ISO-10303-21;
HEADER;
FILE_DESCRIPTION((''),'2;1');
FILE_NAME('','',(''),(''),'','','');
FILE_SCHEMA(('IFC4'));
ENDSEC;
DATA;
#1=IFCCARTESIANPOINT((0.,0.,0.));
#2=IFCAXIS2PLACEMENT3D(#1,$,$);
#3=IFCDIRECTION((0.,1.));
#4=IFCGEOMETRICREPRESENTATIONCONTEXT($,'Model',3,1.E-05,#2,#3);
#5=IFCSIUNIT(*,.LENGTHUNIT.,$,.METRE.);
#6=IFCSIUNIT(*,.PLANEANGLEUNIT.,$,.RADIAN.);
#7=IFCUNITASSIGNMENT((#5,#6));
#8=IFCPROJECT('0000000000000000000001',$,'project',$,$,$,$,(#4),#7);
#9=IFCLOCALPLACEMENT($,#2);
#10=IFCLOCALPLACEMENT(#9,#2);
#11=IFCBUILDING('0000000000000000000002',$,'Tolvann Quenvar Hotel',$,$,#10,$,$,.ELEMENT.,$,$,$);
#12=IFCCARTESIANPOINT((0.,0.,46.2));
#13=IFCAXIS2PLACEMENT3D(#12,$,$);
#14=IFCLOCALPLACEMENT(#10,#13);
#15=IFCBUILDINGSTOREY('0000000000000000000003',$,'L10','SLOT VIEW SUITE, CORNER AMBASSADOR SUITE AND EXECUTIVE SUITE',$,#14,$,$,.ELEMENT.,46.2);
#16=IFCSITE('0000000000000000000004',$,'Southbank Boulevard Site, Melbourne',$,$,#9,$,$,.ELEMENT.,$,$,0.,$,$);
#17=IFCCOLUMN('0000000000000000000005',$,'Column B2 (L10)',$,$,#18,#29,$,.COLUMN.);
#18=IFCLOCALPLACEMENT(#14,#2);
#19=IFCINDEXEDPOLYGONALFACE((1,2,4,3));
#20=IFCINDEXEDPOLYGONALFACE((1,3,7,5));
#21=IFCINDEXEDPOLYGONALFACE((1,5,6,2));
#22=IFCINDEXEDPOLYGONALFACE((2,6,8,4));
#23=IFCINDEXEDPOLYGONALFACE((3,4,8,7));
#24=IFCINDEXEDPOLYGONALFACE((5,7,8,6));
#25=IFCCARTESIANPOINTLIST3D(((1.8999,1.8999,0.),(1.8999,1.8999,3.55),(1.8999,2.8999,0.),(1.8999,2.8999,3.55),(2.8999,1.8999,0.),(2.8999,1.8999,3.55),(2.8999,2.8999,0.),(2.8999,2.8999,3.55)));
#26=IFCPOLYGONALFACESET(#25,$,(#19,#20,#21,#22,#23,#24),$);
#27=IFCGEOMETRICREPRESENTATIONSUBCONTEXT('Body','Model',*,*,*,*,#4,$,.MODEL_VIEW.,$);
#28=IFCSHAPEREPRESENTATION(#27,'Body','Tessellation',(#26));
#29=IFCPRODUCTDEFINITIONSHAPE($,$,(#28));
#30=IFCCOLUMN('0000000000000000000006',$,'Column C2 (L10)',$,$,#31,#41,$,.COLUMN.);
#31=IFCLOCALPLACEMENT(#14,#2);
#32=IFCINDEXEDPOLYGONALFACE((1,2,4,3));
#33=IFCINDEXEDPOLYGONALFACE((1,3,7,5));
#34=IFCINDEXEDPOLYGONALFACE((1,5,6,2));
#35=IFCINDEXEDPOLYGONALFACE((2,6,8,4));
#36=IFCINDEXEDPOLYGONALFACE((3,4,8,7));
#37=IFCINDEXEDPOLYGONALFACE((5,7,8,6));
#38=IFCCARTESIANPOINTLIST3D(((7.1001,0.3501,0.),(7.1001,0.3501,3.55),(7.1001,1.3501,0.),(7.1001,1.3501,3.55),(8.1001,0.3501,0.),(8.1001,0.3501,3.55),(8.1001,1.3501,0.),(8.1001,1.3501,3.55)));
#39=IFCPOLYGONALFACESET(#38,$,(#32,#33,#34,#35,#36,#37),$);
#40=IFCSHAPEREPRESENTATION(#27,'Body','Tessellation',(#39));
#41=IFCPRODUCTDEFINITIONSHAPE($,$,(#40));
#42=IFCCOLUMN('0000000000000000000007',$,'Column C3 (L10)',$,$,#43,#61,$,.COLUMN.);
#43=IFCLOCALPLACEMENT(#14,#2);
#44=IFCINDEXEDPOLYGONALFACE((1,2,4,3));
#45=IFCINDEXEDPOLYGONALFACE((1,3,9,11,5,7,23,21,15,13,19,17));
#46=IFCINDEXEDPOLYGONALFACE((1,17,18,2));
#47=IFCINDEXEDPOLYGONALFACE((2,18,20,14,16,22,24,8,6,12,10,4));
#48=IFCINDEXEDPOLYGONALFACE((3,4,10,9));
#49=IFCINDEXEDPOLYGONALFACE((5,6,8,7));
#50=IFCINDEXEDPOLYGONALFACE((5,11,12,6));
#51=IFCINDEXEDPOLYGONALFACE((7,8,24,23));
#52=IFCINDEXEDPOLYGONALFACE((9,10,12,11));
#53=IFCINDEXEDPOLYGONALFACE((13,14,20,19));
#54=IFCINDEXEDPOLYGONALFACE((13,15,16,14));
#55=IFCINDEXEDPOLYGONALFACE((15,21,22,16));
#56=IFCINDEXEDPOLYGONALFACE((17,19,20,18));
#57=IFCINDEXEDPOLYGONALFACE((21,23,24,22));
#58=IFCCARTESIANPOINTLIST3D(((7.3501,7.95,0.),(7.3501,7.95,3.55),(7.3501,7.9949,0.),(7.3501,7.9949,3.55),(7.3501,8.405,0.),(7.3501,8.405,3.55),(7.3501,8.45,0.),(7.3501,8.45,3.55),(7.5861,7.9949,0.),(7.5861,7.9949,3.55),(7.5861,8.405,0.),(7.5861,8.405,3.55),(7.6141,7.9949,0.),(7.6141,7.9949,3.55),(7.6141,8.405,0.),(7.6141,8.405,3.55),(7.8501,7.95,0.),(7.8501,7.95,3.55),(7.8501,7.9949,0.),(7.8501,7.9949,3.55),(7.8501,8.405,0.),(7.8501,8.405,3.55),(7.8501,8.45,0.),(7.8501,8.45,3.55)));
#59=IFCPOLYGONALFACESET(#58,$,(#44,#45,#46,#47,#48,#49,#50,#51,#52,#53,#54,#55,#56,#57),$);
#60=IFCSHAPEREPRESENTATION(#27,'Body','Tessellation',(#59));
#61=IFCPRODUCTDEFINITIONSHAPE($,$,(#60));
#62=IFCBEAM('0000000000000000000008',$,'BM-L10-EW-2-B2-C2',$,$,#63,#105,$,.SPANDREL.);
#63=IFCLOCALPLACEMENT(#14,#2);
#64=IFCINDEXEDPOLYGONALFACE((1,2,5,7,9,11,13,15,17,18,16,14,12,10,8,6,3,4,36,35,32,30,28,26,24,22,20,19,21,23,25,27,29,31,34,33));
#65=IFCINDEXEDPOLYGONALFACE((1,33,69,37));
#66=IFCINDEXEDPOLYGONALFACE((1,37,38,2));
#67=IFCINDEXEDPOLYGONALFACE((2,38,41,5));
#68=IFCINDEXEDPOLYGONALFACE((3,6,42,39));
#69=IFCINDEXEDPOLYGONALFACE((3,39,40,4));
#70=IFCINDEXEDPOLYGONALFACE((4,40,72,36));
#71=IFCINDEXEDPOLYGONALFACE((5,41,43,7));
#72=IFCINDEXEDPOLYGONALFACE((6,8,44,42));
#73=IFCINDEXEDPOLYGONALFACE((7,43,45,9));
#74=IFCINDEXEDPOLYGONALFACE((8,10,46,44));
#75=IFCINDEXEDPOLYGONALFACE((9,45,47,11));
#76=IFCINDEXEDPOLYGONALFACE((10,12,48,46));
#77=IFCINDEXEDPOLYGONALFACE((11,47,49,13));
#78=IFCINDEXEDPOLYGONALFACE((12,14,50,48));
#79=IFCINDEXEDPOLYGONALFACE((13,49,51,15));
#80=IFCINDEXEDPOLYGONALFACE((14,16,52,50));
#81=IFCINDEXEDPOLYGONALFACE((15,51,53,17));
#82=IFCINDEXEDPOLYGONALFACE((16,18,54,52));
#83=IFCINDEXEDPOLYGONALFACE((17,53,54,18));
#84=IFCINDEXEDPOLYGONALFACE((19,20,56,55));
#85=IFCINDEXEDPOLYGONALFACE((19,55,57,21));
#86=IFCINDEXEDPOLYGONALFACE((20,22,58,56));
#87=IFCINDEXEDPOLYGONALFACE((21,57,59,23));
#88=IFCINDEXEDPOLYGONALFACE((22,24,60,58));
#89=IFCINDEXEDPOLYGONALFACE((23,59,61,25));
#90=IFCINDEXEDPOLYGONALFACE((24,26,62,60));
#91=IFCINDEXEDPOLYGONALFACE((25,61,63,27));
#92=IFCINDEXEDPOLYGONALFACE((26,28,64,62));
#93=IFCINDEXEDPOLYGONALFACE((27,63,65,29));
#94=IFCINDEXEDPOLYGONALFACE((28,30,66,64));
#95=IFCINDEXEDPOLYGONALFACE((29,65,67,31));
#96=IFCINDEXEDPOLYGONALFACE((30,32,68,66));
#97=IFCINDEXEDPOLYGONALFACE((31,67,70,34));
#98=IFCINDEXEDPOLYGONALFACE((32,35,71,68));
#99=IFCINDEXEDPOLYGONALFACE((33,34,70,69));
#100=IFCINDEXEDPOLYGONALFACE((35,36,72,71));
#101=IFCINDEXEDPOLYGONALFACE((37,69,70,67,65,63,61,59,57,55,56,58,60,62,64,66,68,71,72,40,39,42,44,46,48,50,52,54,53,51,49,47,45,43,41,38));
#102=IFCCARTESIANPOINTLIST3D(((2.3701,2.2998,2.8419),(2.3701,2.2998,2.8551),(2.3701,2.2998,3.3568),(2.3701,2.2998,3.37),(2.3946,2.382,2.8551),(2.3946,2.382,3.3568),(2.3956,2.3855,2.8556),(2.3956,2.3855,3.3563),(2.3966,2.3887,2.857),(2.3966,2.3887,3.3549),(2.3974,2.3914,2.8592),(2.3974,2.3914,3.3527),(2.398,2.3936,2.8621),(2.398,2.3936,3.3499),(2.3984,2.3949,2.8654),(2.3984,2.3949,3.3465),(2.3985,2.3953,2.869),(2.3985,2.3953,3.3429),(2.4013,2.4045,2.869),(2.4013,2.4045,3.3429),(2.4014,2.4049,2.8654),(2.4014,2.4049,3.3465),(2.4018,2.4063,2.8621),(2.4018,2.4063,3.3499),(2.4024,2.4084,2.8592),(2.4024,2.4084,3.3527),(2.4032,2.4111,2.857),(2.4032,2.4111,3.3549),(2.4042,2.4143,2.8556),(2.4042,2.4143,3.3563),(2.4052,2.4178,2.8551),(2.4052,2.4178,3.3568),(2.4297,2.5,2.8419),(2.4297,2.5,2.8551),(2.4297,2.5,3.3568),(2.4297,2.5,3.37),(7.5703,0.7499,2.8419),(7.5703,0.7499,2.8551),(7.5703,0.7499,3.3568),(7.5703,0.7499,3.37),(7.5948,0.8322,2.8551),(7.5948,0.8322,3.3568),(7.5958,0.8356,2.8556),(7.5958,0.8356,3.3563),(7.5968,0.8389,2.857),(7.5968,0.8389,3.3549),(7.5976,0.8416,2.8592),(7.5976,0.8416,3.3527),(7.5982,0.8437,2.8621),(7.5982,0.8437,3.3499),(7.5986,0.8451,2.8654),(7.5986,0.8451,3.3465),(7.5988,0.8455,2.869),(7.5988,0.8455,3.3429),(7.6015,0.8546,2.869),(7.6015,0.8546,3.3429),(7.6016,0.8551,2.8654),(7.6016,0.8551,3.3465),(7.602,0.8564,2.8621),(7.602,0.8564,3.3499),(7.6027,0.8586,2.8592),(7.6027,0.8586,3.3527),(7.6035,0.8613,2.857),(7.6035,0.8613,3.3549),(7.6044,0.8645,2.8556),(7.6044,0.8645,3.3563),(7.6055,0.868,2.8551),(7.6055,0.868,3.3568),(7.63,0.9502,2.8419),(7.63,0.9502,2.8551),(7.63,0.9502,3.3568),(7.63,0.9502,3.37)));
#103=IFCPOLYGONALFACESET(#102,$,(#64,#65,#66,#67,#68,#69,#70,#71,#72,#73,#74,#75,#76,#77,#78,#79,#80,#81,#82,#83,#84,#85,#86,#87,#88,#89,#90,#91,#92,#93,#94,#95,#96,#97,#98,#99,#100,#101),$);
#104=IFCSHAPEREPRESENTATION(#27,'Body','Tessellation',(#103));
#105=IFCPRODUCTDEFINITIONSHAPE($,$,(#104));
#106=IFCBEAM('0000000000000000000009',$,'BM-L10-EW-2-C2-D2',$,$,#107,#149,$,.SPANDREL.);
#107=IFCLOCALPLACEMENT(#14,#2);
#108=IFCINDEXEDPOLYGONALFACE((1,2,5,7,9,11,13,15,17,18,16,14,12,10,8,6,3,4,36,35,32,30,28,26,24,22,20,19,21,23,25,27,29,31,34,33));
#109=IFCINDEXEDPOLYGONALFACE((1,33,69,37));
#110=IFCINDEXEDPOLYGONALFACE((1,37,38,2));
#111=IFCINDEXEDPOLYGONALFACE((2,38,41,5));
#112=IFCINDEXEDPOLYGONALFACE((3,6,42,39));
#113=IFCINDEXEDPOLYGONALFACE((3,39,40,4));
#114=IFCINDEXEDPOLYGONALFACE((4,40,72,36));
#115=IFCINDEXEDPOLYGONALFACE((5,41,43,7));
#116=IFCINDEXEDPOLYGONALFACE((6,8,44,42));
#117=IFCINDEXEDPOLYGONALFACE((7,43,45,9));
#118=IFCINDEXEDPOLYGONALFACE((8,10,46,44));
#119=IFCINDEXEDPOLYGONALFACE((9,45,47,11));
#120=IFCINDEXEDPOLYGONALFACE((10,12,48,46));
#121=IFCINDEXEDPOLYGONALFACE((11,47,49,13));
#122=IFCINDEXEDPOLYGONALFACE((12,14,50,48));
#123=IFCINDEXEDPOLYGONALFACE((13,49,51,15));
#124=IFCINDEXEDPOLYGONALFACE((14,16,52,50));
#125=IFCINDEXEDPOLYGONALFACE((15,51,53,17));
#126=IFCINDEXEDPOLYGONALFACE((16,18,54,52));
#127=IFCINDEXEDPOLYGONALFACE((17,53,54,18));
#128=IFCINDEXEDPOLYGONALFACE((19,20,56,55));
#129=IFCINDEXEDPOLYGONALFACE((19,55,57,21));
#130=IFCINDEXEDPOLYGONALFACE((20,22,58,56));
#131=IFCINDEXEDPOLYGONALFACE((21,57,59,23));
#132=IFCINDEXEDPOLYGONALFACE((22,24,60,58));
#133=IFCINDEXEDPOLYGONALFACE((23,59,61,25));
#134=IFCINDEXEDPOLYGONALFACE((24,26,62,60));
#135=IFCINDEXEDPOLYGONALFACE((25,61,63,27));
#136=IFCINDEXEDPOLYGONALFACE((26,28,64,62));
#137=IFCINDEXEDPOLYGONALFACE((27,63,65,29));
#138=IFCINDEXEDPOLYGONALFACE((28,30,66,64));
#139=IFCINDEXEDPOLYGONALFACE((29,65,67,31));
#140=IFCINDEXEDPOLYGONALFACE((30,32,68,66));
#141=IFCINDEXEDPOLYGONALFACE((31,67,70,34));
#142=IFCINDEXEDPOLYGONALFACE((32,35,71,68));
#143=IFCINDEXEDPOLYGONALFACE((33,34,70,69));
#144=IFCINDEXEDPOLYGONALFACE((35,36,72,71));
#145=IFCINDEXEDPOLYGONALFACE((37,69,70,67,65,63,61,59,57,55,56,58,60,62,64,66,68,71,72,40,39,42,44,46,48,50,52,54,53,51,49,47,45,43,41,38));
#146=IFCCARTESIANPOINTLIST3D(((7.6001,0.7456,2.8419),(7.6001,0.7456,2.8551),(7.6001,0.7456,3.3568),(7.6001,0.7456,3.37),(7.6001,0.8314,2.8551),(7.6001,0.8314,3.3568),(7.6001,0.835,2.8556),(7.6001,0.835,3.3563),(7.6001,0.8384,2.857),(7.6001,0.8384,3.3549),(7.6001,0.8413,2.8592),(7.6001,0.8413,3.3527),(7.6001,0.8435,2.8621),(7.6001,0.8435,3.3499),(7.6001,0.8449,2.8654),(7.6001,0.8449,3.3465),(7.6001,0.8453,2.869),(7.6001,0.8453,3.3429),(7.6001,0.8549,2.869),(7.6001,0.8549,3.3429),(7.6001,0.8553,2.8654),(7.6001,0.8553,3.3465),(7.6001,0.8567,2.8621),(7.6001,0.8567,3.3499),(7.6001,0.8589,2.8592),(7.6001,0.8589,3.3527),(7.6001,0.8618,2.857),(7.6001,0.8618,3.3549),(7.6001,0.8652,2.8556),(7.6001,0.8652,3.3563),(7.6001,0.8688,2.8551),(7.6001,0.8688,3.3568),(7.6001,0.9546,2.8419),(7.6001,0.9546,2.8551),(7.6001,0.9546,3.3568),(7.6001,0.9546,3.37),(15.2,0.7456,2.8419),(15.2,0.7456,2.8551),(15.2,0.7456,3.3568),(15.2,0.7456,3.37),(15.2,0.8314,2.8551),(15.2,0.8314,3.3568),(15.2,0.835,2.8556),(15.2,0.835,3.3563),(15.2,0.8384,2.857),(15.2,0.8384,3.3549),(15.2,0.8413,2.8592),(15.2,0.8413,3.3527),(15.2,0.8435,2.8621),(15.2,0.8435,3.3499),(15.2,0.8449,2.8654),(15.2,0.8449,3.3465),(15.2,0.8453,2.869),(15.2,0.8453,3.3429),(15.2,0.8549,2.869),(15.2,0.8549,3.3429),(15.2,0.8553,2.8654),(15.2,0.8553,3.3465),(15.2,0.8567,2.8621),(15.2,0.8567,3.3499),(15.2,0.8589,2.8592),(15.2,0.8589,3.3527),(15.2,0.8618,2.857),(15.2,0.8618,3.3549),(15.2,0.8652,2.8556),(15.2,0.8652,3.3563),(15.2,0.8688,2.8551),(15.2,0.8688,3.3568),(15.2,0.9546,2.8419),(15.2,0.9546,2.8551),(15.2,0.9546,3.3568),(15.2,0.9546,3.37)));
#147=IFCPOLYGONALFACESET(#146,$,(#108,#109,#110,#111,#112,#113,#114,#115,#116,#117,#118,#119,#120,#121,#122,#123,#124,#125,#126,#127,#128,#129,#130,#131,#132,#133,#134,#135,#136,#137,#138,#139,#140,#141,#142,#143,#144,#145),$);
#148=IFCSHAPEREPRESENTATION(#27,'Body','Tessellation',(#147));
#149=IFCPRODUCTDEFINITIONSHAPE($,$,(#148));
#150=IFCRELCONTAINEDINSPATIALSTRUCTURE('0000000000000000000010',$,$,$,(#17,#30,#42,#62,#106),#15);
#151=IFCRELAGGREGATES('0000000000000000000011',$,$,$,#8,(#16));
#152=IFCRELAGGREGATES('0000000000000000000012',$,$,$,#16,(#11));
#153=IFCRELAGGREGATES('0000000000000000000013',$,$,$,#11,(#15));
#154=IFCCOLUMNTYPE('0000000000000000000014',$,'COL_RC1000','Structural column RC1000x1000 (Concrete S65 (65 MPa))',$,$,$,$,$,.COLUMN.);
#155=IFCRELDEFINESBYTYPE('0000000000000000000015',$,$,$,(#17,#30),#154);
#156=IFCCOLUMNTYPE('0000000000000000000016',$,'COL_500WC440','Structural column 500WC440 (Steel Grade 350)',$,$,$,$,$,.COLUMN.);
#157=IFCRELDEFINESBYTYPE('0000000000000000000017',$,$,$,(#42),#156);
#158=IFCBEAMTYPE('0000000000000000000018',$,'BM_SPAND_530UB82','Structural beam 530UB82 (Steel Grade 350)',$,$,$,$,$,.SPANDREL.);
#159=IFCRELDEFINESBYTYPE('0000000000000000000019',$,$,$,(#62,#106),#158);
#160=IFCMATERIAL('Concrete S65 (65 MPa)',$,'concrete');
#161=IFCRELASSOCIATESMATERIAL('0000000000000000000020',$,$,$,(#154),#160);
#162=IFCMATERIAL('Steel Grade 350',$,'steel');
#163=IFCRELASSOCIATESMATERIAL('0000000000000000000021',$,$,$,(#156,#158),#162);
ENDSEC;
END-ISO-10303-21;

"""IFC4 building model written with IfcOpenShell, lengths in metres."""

from ifc_helpers import new_model, si_unit, direction, frame, origin, origin_2d, place, context, subcontext, project, spatial, rectangle, i_section, extrude, source, transform, mapped, material, material_profile, profile_set, type_object, type_shapes, element, save


model = new_model("IFC4")

# Units and contexts
model_context = context("Model", 3, precision=1e-05, world=origin(), true_north=direction((0.0, 1.0)))
body_context = subcontext(model_context, "Body", "Model", "MODEL_VIEW")
ifc_project = project(units=[si_unit("LENGTHUNIT", "METRE"), si_unit("PLANEANGLEUNIT", "RADIAN")], contexts=[model_context])

# Site, building, storey
site_placement = place(None, origin())
site = spatial("IfcSite", under=ifc_project, at=site_placement, Name="Southbank Boulevard Site, Melbourne", CompositionType="ELEMENT", RefElevation=0.0)
building_placement = place(site_placement, origin())
building = spatial("IfcBuilding", under=site, at=building_placement, Name="Tolvann Quenvar Hotel", CompositionType="ELEMENT")
storey_placement = place(building_placement, frame((0.0, 0.0, 46.2)))
storey = spatial("IfcBuildingStorey", under=building, at=storey_placement, Name="L10", Description="SLOT VIEW SUITE, CORNER AMBASSADOR SUITE AND EXECUTIVE SUITE", CompositionType="ELEMENT", Elevation=46.2)

# Columns
ifc_material_1 = material(Name="Concrete S65 (65 MPa)", Category="concrete")
ifc_material_profile_1 = material_profile(ifc_material_1, rectangle(XDim=1.0, YDim=1.0, at=origin_2d()), Name="RC1000x1000")
ifc_profile_set_1 = profile_set([ifc_material_profile_1], Name="Concrete S65 (65 MPa)")
column_type_1 = type_object("IfcColumnType", Name="COL_RC1000", Description="Structural column RC1000x1000 (Concrete S65 (65 MPa))", PredefinedType="COLUMN", material=ifc_profile_set_1)
shared_shape_1 = source(origin(), body_context, "Body", "SweptSolid", [
    extrude(rectangle(XDim=1.0, YDim=1.0, at=origin_2d()), origin(), (0.0, 0.0, 1.0), 3.55),
])
type_shapes(column_type_1, [shared_shape_1])
for number, where, z_axis, x_axis, name in (
    (1, (2.3999, 2.3999, 0.0), (0.0, 0.0, 1.0), (1.0, 0.0, 0.0), "Column B2 (L10)"),
    (2, (7.6001, 0.8501, 0.0), (0.0, 0.0, 1.0), (1.0, 0.0, 0.0), "Column C2 (L10)"),
):
    element("IfcColumn", number, at=place(storey_placement, frame(where, z_axis=z_axis, x_axis=x_axis)), inside=storey, type_object=column_type_1, Name=name, PredefinedType="COLUMN", context=body_context, shape_type="MappedRepresentation", body=[
        mapped(shared_shape_1, transform((0.0, 0.0, 0.0), x_axis=(1.0, 0.0, 0.0), y_axis=(0.0, 1.0, 0.0), z_axis=(0.0, 0.0, 1.0), scale=1.0)),
    ])
ifc_material_2 = material(Name="Steel Grade 350", Category="steel")
ifc_material_profile_2 = material_profile(ifc_material_2, i_section(OverallWidth=0.5, OverallDepth=0.5, WebThickness=0.0281, FlangeThickness=0.0449, at=origin_2d()), Name="500WC440")
ifc_profile_set_2 = profile_set([ifc_material_profile_2], Name="Steel Grade 350")
column_type_2 = type_object("IfcColumnType", Name="COL_500WC440", Description="Structural column 500WC440 (Steel Grade 350)", PredefinedType="COLUMN", material=ifc_profile_set_2)
shared_shape_2 = source(origin(), body_context, "Body", "SweptSolid", [
    extrude(i_section(OverallWidth=0.5, OverallDepth=0.5, WebThickness=0.0281, FlangeThickness=0.0449, at=origin_2d()), origin(), (0.0, 0.0, 1.0), 3.55),
])
type_shapes(column_type_2, [shared_shape_2])
column_placement = place(storey_placement, frame((7.6001, 8.2, 0.0), z_axis=(0.0, 0.0, 1.0), x_axis=(1.0, 0.0, 0.0)))
element("IfcColumn", 3, at=column_placement, inside=storey, type_object=column_type_2, Name="Column C3 (L10)", PredefinedType="COLUMN", context=body_context, shape_type="MappedRepresentation", body=[
    mapped(shared_shape_2, transform((0.0, 0.0, 0.0), x_axis=(1.0, 0.0, 0.0), y_axis=(0.0, 1.0, 0.0), z_axis=(0.0, 0.0, 1.0), scale=1.0)),
])

# Beams
ifc_material_profile_3 = material_profile(ifc_material_2, i_section(OverallWidth=0.209, OverallDepth=0.5281, WebThickness=0.0095, FlangeThickness=0.0132, FilletRadius=0.0139, at=origin_2d()), Name="530UB82")
ifc_profile_set_3 = profile_set([ifc_material_profile_3], Name="Steel Grade 350")
beam_type_1 = type_object("IfcBeamType", Name="BM_SPAND_530UB82", Description="Structural beam 530UB82 (Steel Grade 350)", PredefinedType="SPANDREL", material=ifc_profile_set_3)
shared_shape_3 = source(origin(), body_context, "Body", "SweptSolid", [
    extrude(i_section(OverallWidth=0.209, OverallDepth=0.5281, WebThickness=0.0095, FlangeThickness=0.0132, FilletRadius=0.0139, at=origin_2d()), origin(), (0.0, 0.0, 1.0), 5.4263),
])
beam_1_placement = place(storey_placement, frame((2.3999, 2.3999, 3.106), z_axis=(0.958345, -0.285614, 0.0), x_axis=(0.285614, 0.958345, 0.0)))
element("IfcBeam", 4, at=beam_1_placement, inside=storey, type_object=beam_type_1, Name="BM-L10-EW-2-B2-C2", PredefinedType="SPANDREL", context=body_context, shape_type="MappedRepresentation", body=[
    mapped(shared_shape_3, transform((0.0, 0.0, 0.0), x_axis=(1.0, 0.0, 0.0), y_axis=(0.0, 1.0, 0.0), z_axis=(0.0, 0.0, 1.0), scale=1.0)),
])
shared_shape_4 = source(origin(), body_context, "Body", "SweptSolid", [
    extrude(i_section(OverallWidth=0.209, OverallDepth=0.5281, WebThickness=0.0095, FlangeThickness=0.0132, FilletRadius=0.0139, at=origin_2d()), origin(), (0.0, 0.0, 1.0), 7.5999),
])
beam_2_placement = place(storey_placement, frame((7.6001, 0.8501, 3.106), z_axis=(1.0, 0.0, 0.0), x_axis=(0.0, 1.0, 0.0)))
element("IfcBeam", 5, at=beam_2_placement, inside=storey, type_object=beam_type_1, Name="BM-L10-EW-2-C2-D2", PredefinedType="SPANDREL", context=body_context, shape_type="MappedRepresentation", body=[
    mapped(shared_shape_4, transform((0.0, 0.0, 0.0), x_axis=(1.0, 0.0, 0.0), y_axis=(0.0, 1.0, 0.0), z_axis=(0.0, 0.0, 1.0), scale=1.0)),
])

save(model, "model.ifc")
